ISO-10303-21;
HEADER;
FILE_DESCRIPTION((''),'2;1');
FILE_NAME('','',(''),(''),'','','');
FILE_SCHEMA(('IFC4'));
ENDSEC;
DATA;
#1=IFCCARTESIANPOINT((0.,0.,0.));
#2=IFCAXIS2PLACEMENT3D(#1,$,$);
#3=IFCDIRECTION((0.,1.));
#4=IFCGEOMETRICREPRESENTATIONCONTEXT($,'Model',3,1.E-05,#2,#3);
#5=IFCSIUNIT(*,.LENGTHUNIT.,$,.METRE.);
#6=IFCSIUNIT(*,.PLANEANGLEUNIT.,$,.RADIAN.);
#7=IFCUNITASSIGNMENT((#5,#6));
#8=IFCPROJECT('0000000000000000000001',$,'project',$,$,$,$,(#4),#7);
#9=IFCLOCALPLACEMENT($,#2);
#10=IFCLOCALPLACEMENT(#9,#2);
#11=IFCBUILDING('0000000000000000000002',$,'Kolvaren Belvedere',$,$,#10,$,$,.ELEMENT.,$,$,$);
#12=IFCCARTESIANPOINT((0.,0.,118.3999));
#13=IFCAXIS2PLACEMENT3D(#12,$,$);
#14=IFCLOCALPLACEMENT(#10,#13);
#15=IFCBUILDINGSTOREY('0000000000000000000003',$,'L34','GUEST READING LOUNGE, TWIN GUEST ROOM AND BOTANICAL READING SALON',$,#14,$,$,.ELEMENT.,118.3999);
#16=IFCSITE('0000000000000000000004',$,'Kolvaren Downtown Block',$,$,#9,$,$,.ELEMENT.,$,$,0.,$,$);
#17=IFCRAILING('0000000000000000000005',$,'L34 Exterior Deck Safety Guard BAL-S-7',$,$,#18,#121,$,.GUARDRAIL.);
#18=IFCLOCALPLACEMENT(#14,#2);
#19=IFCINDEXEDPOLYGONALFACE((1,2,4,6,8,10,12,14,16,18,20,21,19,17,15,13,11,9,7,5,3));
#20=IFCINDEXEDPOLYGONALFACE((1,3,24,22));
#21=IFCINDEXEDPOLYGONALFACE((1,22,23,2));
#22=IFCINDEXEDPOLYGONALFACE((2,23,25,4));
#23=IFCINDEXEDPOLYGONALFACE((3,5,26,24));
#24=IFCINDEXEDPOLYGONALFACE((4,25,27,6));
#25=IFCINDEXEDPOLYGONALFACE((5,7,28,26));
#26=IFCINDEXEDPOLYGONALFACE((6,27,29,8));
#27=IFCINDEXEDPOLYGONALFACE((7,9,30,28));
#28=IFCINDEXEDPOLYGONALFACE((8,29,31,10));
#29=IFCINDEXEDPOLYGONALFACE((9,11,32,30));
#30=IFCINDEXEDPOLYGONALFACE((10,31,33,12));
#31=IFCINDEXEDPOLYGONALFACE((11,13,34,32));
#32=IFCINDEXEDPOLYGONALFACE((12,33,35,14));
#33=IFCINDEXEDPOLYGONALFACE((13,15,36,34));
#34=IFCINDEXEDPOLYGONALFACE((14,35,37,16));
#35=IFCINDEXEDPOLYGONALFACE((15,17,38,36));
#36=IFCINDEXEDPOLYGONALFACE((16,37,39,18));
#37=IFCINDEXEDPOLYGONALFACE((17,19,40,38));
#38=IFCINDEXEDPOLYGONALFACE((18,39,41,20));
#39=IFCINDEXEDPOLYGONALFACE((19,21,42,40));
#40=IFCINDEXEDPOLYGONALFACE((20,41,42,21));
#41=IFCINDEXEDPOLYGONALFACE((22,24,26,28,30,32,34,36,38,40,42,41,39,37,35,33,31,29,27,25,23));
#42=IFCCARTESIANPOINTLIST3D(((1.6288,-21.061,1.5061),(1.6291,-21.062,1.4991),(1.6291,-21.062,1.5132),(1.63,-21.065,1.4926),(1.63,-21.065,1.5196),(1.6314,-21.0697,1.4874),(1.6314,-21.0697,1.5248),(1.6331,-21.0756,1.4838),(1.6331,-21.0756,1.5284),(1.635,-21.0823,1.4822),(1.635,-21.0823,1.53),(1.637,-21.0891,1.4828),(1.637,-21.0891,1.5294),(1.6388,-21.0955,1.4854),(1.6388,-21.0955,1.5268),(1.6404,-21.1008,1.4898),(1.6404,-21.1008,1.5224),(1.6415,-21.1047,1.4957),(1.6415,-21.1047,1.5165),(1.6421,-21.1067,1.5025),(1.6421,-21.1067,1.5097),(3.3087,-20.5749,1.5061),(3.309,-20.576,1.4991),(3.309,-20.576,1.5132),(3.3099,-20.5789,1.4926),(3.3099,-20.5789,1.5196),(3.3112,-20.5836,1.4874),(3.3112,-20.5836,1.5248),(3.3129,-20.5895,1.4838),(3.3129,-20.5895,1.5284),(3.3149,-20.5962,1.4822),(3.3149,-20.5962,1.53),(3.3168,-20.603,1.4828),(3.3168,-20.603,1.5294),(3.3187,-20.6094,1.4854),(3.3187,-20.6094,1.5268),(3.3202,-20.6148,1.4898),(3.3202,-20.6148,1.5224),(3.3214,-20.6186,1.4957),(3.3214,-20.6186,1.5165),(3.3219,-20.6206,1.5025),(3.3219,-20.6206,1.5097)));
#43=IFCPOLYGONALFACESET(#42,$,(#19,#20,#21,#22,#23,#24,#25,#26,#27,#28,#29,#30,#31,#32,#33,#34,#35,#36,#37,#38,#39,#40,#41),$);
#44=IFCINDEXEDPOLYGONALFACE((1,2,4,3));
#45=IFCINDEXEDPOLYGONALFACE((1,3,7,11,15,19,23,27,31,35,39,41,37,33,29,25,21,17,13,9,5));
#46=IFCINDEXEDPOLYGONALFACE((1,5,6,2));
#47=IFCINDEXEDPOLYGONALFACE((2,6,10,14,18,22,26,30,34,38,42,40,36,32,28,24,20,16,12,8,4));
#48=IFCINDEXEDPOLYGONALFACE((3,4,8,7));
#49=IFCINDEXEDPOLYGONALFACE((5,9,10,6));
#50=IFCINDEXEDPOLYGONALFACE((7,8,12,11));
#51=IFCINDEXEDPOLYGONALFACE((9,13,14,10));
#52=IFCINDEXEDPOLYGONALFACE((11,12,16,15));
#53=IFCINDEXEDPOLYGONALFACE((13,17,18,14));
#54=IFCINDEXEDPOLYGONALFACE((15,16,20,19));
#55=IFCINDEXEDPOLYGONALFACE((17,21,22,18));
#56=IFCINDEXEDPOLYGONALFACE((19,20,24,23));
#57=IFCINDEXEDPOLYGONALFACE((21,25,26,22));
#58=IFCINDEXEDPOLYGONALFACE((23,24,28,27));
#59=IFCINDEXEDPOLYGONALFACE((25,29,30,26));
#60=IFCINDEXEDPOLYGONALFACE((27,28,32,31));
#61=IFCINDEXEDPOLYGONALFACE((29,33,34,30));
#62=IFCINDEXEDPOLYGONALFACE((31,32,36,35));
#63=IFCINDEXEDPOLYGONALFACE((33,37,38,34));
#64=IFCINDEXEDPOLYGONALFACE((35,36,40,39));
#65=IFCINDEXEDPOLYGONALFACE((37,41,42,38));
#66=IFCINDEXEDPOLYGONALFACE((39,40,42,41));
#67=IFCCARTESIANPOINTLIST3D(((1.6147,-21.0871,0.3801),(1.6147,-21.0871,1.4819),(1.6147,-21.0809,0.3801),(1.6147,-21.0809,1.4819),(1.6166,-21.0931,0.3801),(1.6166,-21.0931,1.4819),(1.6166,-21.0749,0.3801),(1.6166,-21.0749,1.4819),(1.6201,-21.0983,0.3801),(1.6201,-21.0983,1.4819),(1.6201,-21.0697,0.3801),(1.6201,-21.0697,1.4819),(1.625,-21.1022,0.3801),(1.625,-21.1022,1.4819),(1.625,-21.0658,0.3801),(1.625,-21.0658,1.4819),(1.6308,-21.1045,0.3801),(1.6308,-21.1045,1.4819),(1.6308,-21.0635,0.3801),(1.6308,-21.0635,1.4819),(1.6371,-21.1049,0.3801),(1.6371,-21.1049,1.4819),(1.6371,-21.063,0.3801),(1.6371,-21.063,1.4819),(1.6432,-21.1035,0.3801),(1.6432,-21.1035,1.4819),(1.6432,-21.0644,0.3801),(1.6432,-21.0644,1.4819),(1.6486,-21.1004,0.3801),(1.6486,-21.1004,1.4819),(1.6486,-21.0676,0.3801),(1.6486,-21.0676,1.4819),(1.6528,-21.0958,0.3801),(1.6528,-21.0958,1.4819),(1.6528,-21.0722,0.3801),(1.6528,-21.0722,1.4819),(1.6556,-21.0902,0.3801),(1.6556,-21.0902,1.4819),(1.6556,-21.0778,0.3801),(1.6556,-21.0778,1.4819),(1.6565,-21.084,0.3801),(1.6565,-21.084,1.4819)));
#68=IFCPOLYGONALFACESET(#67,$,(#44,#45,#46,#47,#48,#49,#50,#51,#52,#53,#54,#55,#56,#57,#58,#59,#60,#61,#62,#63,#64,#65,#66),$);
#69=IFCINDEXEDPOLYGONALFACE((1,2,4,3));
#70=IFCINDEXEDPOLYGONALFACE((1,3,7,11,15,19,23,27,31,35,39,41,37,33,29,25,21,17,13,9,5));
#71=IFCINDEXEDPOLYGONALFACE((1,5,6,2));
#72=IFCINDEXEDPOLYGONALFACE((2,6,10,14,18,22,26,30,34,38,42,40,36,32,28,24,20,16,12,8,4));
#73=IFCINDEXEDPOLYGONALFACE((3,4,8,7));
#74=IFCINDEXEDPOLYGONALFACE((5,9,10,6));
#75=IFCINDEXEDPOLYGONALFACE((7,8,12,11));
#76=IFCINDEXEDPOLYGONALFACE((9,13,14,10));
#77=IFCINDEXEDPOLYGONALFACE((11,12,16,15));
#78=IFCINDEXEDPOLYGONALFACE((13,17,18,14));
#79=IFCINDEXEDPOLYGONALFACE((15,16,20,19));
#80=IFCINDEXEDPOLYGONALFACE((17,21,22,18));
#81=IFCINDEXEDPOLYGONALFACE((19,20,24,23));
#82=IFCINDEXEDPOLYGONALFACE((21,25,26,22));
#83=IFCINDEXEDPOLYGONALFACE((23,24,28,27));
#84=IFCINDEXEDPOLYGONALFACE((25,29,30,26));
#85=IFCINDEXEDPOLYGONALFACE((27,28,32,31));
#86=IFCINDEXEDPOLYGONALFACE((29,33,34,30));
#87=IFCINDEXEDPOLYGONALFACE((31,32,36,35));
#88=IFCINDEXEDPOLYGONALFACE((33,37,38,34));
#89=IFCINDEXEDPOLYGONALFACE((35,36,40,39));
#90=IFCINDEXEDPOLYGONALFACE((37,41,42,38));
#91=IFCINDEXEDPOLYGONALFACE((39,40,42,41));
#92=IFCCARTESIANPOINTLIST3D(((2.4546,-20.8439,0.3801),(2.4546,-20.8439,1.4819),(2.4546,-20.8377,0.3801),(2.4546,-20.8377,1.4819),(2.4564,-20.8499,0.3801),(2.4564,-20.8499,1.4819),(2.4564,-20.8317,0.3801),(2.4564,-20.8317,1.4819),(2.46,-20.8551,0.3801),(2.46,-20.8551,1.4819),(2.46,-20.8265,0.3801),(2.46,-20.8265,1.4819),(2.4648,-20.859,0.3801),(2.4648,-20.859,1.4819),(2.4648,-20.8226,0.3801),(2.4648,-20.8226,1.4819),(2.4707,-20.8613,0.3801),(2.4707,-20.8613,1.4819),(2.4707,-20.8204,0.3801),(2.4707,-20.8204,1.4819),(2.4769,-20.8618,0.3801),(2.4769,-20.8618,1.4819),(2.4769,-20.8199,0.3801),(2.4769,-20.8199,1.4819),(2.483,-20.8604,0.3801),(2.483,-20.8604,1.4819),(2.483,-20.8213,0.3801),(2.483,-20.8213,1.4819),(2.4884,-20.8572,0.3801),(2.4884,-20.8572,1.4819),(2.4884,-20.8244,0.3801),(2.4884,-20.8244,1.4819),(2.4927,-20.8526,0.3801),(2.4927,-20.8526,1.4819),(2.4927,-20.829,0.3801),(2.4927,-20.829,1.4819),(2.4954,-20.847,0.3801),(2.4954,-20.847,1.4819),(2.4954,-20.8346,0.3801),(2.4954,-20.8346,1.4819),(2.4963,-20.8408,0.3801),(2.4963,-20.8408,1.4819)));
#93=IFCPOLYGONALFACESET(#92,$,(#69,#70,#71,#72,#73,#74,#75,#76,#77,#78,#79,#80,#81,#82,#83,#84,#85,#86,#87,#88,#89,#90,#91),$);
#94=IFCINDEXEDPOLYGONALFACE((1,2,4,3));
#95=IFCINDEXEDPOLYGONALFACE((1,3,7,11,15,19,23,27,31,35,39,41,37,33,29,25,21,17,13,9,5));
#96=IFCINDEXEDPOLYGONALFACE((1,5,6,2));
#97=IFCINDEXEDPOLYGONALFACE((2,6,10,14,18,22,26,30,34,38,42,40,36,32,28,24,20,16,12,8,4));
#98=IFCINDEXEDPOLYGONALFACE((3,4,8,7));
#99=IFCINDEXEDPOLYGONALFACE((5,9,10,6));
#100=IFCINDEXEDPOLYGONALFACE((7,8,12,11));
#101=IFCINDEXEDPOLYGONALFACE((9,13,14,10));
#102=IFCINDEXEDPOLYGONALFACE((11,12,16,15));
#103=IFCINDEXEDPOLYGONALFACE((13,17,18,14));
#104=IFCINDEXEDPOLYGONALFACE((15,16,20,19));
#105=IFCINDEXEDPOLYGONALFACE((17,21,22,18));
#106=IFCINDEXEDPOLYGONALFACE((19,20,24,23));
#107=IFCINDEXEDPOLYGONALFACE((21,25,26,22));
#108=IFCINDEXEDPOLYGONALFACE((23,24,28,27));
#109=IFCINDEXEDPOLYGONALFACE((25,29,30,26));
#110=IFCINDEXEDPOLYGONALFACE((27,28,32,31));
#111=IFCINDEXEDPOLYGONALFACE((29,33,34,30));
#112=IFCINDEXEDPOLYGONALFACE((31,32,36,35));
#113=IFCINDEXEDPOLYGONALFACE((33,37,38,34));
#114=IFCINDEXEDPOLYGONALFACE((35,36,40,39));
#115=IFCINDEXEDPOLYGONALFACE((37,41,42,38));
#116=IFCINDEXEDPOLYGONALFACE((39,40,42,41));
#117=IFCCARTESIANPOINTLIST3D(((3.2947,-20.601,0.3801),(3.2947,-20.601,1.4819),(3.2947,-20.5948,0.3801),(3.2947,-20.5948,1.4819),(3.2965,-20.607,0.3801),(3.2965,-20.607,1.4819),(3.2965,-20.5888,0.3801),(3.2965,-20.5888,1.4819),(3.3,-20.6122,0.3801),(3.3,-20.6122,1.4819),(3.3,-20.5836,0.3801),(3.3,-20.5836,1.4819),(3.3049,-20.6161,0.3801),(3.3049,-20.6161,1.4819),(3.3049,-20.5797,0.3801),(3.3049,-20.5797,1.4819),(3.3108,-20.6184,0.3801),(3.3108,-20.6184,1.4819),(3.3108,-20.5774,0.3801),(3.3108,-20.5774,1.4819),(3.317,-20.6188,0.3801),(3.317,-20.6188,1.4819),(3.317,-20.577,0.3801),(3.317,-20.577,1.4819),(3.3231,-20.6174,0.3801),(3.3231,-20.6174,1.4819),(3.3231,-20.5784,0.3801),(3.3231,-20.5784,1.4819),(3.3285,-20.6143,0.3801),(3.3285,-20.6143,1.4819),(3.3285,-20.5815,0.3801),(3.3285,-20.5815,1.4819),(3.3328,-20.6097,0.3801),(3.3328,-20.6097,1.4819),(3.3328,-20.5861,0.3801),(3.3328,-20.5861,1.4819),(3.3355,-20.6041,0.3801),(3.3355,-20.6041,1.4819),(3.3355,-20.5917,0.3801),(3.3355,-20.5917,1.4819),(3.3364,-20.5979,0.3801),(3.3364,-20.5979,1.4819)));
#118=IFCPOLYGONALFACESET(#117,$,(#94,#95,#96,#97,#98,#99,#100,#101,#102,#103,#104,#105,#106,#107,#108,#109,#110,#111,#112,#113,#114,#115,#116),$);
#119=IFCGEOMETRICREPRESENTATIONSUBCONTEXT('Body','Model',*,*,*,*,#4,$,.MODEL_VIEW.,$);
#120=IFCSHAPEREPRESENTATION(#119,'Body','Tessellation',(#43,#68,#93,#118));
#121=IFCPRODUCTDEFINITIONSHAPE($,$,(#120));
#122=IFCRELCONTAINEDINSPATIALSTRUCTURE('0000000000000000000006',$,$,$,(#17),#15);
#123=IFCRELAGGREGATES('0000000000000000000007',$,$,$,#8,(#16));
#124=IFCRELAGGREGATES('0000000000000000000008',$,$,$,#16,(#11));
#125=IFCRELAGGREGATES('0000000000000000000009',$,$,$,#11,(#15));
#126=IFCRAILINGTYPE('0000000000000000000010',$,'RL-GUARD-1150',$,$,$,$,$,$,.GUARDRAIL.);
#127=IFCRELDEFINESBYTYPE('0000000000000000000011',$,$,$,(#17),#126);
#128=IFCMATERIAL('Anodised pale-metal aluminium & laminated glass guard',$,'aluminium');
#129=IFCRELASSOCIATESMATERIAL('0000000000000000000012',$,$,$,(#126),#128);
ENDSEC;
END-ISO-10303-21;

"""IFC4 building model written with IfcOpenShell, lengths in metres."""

from ifc_helpers import new_model, si_unit, direction, frame, origin, origin_2d, place, context, subcontext, project, spatial, circle, extrude, material, type_object, element, save


model = new_model("IFC4")

# Units and contexts
model_context = context("Model", 3, precision=1e-05, world=origin(), true_north=direction((0.0, 1.0)))
body_context = subcontext(model_context, "Body", "Model", "MODEL_VIEW")
ifc_project = project(units=[si_unit("LENGTHUNIT", "METRE"), si_unit("PLANEANGLEUNIT", "RADIAN")], contexts=[model_context])

# Site, building, storey
site_placement = place(None, origin())
site = spatial("IfcSite", under=ifc_project, at=site_placement, Name="Kolvaren Downtown Block", CompositionType="ELEMENT", RefElevation=0.0)
building_placement = place(site_placement, origin())
building = spatial("IfcBuilding", under=site, at=building_placement, Name="Kolvaren Belvedere", CompositionType="ELEMENT")
storey_placement = place(building_placement, frame((0.0, 0.0, 118.3999)))
storey = spatial("IfcBuildingStorey", under=building, at=storey_placement, Name="L34", Description="GUEST READING LOUNGE, TWIN GUEST ROOM AND BOTANICAL READING SALON", CompositionType="ELEMENT", Elevation=118.3999)

# Railing
ifc_material_1 = material(Name="Anodised pale-metal aluminium & laminated glass guard", Category="aluminium")
railing_type = type_object("IfcRailingType", Name="RL-GUARD-1150", PredefinedType="GUARDRAIL", material=ifc_material_1)
railing_1_placement = place(storey_placement, frame((1.6355, -21.084, 0.3801)))
element("IfcRailing", 1, at=railing_1_placement, inside=storey, type_object=railing_type, Name="L34 Exterior Deck Safety Guard BAL-S-7", PredefinedType="GUARDRAIL", context=body_context, shape_type="SweptSolid", body=[
    extrude(circle(Radius=0.0239, at=origin_2d()), frame((0.0, 0.0, 1.126), z_axis=(0.960597, 0.277946, 0.0), x_axis=(-0.277946, 0.960597, 0.0)), (0.0, 0.0, 1.0), 1.7488),
    extrude(circle(Radius=0.021, at=origin_2d()), origin(), (0.0, 0.0, 1.0), 1.1018),
    extrude(circle(Radius=0.021, at=origin_2d()), frame((0.8398, 0.2432, 0.0)), (0.0, 0.0, 1.0), 1.1018),
    extrude(circle(Radius=0.021, at=origin_2d()), frame((1.6799, 0.4861, 0.0)), (0.0, 0.0, 1.0), 1.1018),
])

save(model, "model.ifc")
